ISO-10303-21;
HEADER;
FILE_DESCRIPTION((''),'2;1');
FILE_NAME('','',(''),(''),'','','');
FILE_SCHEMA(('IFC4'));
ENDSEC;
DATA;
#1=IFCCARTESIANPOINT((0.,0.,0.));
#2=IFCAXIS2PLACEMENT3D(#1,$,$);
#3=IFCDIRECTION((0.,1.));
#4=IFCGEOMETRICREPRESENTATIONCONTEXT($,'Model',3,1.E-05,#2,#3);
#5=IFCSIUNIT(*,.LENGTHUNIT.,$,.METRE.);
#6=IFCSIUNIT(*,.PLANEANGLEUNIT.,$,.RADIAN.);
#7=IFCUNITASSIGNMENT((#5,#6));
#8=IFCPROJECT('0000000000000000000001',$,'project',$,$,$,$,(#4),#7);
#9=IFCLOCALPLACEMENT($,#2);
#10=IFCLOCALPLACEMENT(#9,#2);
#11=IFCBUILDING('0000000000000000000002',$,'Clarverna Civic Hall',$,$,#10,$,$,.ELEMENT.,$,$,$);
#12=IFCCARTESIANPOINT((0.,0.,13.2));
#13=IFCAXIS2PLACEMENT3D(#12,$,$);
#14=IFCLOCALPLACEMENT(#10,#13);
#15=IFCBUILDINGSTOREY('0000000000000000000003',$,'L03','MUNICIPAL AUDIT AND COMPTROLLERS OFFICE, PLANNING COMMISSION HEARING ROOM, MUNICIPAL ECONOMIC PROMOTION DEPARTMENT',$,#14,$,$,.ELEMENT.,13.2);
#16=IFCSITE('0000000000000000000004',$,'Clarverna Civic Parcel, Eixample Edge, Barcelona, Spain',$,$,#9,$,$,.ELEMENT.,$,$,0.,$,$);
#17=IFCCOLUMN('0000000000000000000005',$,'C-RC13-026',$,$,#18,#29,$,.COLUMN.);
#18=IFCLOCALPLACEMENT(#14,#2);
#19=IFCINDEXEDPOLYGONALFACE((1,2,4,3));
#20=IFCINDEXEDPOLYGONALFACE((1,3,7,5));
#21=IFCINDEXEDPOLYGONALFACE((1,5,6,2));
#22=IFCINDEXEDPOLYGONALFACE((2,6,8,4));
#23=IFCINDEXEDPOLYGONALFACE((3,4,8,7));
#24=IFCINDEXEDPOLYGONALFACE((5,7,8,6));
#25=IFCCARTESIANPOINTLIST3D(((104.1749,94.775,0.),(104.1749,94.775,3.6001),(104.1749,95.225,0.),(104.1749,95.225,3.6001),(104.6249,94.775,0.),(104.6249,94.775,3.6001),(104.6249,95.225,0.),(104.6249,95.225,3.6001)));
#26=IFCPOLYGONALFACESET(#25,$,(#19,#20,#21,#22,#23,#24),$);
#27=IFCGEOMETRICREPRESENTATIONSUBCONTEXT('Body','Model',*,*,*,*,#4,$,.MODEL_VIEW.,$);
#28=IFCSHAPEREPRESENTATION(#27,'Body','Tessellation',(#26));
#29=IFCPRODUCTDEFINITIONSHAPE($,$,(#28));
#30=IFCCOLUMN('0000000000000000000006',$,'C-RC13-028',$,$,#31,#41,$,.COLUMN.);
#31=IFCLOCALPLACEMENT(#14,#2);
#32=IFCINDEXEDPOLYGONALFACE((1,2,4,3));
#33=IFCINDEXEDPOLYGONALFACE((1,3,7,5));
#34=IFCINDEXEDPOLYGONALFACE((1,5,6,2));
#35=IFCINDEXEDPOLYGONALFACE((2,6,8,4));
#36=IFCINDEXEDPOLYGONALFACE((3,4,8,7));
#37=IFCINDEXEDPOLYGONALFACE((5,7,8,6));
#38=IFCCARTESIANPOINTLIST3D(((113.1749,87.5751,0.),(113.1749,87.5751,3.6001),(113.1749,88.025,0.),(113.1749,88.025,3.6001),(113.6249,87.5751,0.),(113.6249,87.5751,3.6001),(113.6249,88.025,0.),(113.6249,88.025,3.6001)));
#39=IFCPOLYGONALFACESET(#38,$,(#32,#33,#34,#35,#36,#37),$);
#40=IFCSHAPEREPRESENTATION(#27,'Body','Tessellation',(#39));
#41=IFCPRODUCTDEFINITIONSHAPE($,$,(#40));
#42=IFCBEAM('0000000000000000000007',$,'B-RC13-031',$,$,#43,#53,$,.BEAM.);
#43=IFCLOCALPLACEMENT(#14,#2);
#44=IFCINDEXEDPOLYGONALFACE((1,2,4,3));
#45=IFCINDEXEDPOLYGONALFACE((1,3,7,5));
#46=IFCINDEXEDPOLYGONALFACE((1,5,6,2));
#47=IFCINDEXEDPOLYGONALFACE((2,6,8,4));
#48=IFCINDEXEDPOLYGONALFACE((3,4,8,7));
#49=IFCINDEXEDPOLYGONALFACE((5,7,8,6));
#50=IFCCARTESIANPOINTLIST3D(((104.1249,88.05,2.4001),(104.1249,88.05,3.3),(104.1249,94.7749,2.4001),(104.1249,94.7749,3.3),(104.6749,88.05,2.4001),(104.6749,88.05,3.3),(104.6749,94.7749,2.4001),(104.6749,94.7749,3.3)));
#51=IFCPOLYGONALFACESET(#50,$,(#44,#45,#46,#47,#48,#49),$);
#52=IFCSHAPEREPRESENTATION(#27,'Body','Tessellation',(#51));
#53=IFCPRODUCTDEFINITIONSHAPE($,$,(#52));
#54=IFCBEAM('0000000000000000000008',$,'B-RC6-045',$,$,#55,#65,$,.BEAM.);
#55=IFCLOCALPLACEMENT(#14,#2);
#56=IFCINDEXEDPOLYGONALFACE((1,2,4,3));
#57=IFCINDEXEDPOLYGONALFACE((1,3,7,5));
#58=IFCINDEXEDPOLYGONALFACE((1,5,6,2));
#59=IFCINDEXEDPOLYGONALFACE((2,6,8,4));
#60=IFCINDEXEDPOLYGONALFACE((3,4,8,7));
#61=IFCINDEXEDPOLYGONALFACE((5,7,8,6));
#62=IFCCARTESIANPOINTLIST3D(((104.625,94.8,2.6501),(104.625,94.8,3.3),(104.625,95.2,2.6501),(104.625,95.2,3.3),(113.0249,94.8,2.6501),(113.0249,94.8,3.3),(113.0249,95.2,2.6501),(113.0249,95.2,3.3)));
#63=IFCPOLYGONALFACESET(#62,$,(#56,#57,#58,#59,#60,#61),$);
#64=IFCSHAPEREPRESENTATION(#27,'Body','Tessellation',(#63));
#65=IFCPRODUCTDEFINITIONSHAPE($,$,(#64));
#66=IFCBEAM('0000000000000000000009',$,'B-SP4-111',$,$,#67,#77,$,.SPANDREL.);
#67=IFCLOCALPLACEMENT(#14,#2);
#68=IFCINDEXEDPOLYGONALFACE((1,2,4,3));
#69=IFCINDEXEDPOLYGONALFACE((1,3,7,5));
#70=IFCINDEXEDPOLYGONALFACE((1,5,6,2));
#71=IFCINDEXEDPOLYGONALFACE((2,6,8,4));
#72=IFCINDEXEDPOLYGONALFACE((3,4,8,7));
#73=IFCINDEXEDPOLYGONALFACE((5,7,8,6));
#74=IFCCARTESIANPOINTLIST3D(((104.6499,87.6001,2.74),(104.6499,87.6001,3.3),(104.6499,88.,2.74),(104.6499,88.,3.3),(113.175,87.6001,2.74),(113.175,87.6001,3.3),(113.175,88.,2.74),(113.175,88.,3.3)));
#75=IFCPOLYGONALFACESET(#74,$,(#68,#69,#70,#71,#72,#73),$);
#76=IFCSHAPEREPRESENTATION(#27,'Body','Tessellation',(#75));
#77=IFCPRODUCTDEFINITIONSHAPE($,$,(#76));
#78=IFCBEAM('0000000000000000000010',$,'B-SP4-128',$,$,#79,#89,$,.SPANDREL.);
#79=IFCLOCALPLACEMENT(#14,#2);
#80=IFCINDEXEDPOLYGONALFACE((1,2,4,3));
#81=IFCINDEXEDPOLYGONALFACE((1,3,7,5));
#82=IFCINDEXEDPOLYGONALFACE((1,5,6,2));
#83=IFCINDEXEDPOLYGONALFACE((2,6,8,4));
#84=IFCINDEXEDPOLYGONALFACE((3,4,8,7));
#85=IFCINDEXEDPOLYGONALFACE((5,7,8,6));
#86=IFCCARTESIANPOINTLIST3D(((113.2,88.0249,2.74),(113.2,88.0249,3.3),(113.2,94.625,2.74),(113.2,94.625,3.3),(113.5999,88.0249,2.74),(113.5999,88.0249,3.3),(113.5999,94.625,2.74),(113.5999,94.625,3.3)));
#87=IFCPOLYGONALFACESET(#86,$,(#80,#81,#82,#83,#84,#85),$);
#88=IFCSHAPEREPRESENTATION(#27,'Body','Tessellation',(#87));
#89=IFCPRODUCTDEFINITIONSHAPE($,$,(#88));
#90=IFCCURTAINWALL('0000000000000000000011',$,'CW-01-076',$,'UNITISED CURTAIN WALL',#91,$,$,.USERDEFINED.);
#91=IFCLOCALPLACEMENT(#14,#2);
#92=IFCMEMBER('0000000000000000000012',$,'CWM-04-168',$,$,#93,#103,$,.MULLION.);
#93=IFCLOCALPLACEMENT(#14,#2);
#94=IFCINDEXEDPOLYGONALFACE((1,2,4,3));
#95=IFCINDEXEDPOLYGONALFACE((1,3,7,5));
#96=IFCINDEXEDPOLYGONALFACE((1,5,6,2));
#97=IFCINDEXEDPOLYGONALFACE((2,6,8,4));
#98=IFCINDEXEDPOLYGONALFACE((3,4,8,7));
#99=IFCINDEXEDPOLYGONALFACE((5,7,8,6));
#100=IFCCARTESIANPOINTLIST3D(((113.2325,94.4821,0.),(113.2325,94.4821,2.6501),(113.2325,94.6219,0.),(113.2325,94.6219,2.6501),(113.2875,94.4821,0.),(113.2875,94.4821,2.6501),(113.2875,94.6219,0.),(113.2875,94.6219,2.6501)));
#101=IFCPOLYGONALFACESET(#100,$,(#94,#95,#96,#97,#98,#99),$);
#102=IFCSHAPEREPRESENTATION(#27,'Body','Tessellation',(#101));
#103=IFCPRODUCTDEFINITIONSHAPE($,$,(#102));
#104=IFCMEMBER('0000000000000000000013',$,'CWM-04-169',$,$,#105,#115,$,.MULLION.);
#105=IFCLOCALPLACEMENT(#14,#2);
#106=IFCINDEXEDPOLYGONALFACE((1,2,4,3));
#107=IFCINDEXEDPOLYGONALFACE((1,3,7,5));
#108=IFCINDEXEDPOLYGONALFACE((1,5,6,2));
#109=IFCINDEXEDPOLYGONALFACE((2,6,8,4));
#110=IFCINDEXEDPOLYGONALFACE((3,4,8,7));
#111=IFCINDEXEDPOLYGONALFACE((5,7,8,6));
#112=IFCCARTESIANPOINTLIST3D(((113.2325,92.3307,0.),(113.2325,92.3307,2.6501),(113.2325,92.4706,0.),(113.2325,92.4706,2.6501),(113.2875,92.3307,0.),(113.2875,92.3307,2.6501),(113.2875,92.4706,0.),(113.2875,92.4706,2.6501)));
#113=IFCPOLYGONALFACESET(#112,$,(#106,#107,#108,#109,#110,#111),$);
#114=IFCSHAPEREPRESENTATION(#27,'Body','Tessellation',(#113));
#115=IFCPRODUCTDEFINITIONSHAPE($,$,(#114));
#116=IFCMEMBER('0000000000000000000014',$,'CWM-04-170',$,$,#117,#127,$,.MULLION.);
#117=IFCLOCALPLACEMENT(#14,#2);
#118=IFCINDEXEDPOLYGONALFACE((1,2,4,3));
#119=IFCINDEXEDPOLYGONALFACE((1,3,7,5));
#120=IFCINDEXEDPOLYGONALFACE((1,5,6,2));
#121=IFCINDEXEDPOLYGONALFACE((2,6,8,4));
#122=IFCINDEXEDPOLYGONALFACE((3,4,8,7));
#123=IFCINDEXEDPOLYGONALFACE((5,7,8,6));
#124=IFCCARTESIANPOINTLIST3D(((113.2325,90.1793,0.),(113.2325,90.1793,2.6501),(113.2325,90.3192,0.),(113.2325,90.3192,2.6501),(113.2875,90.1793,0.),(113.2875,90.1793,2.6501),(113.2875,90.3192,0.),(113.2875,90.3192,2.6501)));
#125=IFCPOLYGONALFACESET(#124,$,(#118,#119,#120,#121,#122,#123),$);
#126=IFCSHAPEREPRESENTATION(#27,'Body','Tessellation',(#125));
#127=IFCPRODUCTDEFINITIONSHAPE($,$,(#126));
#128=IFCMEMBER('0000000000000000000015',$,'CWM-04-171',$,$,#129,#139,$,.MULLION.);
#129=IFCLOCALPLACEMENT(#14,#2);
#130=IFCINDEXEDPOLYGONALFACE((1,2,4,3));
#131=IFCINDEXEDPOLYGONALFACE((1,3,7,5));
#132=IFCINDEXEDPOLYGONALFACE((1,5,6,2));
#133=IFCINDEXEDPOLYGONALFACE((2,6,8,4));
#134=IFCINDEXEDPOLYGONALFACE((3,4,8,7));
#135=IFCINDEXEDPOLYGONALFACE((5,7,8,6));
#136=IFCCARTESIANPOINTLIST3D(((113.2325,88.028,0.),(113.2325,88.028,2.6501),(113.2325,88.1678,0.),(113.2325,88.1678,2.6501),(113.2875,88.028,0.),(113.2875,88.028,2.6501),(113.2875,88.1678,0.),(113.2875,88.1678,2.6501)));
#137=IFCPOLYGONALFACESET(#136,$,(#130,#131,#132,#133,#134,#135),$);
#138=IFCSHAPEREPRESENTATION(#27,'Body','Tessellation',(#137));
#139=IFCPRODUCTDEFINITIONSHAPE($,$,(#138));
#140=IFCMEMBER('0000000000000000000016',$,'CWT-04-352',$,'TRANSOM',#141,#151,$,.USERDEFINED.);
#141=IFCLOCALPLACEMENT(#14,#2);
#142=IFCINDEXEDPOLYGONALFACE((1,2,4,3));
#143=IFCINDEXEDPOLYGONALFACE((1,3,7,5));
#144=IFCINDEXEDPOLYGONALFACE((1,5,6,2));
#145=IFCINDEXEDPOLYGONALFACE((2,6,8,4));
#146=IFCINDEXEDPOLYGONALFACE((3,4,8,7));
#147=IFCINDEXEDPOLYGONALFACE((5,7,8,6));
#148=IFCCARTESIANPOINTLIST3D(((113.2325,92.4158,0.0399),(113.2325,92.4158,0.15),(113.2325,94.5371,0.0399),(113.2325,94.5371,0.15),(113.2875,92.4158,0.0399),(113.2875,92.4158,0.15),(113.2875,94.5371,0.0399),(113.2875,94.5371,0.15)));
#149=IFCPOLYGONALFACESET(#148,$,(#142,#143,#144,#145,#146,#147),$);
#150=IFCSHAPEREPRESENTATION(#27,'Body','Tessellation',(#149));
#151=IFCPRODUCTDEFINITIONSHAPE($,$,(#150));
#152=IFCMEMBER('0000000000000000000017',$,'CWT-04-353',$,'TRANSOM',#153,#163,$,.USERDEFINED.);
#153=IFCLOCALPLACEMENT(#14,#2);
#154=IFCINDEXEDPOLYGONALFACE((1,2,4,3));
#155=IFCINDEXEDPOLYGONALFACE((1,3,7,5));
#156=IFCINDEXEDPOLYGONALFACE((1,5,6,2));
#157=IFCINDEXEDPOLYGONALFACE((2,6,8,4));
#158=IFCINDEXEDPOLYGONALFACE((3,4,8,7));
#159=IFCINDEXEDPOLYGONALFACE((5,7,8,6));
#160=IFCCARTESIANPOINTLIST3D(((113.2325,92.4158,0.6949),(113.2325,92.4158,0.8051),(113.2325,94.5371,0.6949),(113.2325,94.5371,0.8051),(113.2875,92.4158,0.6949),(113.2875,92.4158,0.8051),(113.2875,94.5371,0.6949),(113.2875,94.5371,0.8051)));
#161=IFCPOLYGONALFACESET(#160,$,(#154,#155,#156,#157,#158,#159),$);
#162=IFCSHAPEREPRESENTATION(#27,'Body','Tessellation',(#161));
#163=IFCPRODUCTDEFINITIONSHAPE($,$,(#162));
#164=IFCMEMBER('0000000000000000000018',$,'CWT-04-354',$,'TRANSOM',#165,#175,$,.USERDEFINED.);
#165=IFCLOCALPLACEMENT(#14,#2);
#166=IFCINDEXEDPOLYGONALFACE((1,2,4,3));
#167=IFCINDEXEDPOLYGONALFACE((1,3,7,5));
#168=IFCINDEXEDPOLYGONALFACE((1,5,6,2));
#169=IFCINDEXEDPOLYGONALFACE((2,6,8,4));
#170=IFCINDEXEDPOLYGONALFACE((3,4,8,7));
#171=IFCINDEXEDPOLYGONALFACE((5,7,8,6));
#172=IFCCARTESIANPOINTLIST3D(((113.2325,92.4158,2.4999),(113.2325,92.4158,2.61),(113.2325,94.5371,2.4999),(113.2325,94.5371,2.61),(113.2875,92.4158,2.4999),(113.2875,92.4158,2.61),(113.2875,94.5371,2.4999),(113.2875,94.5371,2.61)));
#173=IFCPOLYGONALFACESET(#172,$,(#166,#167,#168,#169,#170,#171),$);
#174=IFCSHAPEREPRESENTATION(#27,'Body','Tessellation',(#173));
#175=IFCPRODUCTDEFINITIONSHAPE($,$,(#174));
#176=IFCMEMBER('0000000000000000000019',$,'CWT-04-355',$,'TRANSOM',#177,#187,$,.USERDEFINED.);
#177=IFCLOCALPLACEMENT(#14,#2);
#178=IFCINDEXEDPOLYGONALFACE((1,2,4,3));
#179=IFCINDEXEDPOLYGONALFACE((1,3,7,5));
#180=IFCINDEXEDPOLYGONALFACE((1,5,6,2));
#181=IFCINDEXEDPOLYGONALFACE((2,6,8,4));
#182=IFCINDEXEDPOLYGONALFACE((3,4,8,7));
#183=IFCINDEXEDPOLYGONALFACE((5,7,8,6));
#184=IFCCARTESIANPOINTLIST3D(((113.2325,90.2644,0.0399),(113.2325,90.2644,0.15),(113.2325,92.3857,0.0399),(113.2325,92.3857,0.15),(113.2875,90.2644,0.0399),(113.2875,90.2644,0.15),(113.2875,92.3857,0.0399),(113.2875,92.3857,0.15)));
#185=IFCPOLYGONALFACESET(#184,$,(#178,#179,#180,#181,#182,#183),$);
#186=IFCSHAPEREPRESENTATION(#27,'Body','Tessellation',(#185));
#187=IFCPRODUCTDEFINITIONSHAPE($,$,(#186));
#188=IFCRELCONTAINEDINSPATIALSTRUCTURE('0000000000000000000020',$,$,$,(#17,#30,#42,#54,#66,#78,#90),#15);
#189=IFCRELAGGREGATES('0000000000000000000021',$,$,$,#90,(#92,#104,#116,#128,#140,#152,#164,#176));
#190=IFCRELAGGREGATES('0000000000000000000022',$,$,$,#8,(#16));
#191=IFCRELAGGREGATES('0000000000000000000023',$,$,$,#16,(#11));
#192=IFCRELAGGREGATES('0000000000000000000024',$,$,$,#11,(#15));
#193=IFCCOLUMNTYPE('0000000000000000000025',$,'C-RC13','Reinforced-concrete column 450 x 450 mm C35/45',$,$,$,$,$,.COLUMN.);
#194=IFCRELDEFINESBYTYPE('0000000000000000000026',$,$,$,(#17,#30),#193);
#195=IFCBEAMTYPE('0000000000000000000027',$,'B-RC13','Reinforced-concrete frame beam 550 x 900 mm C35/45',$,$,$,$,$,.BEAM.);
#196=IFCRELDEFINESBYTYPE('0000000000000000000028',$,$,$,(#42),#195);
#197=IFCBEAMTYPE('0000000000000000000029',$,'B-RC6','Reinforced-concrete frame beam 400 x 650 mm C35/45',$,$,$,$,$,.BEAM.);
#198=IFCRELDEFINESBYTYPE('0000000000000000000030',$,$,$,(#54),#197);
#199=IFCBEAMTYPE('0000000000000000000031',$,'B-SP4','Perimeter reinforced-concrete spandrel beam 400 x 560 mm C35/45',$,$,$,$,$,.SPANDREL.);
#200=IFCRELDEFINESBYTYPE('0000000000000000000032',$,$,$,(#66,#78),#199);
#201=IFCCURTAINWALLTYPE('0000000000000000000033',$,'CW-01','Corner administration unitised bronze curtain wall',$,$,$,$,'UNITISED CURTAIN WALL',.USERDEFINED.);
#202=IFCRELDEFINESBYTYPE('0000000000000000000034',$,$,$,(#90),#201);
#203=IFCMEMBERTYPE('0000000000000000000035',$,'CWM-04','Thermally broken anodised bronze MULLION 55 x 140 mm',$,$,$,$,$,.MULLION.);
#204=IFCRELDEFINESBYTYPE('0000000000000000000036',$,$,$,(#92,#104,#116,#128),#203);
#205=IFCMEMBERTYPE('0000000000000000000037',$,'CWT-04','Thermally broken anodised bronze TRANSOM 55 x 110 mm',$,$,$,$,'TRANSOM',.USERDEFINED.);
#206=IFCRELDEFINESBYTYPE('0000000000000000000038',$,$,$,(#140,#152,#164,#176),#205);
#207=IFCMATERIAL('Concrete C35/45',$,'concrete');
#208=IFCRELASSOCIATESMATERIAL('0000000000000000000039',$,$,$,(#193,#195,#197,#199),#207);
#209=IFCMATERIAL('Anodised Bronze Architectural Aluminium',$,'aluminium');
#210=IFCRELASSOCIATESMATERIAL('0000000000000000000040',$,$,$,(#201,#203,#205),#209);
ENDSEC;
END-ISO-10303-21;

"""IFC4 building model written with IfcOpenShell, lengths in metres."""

from ifc_helpers import new_model, si_unit, direction, frame, origin, origin_2d, place, context, subcontext, project, spatial, rectangle, extrude, material, material_profile, profile_set, type_object, element, aggregate, save


model = new_model("IFC4")

# Units and contexts
model_context = context("Model", 3, precision=1e-05, world=origin(), true_north=direction((0.0, 1.0)))
body_context = subcontext(model_context, "Body", "Model", "MODEL_VIEW")
ifc_project = project(units=[si_unit("LENGTHUNIT", "METRE"), si_unit("PLANEANGLEUNIT", "RADIAN")], contexts=[model_context])

# Site, building, storey
site_placement = place(None, origin())
site = spatial("IfcSite", under=ifc_project, at=site_placement, Name="Clarverna Civic Parcel, Eixample Edge, Barcelona, Spain", CompositionType="ELEMENT", RefElevation=0.0)
building_placement = place(site_placement, origin())
building = spatial("IfcBuilding", under=site, at=building_placement, Name="Clarverna Civic Hall", CompositionType="ELEMENT")
storey_placement = place(building_placement, frame((0.0, 0.0, 13.2)))
storey = spatial("IfcBuildingStorey", under=building, at=storey_placement, Name="L03", Description="MUNICIPAL AUDIT AND COMPTROLLERS OFFICE, PLANNING COMMISSION HEARING ROOM, MUNICIPAL ECONOMIC PROMOTION DEPARTMENT", CompositionType="ELEMENT", Elevation=13.2)

# Columns
ifc_material_1 = material(Name="Concrete C35/45", Category="concrete")
ifc_material_profile_1 = material_profile(ifc_material_1, rectangle(XDim=0.45, YDim=0.45, at=origin_2d()), Name="RC 450x450")
ifc_profile_set_1 = profile_set([ifc_material_profile_1], Name="Concrete C35/45")
column_type = type_object("IfcColumnType", Name="C-RC13", Description="Reinforced-concrete column 450 x 450 mm C35/45", PredefinedType="COLUMN", material=ifc_profile_set_1)
for number, where, z_axis, x_axis, name in (
    (1, (104.3999, 95.0, 0.0), (0.0, 0.0, 1.0), (1.0, 0.0, 0.0), "C-RC13-026"),
    (2, (113.3999, 87.8, 0.0), (0.0, 0.0, 1.0), (1.0, 0.0, 0.0), "C-RC13-028"),
):
    element("IfcColumn", number, at=place(storey_placement, frame(where, z_axis=z_axis, x_axis=x_axis)), inside=storey, type_object=column_type, Name=name, PredefinedType="COLUMN", context=body_context, shape_type="SweptSolid", body=[
        extrude(rectangle(XDim=0.45, YDim=0.45, at=origin_2d()), origin(), (0.0, 0.0, 1.0), 3.6001),
    ])

# Beams
ifc_material_profile_2 = material_profile(ifc_material_1, rectangle(XDim=0.55, YDim=0.8999, at=origin_2d()), Name="RC 550x900")
ifc_profile_set_2 = profile_set([ifc_material_profile_2], Name="Concrete C35/45")
beam_type_1 = type_object("IfcBeamType", Name="B-RC13", Description="Reinforced-concrete frame beam 550 x 900 mm C35/45", PredefinedType="BEAM", material=ifc_profile_set_2)
beam_1_placement = place(storey_placement, frame((104.3999, 88.05, 2.8501), z_axis=(0.0, 1.0, 0.0), x_axis=(-1.0, 0.0, 0.0)))
element("IfcBeam", 3, at=beam_1_placement, inside=storey, type_object=beam_type_1, Name="B-RC13-031", PredefinedType="BEAM", context=body_context, shape_type="SweptSolid", body=[
    extrude(rectangle(XDim=0.55, YDim=0.8999, at=origin_2d()), origin(), (0.0, 0.0, 1.0), 6.7249),
])
ifc_material_profile_3 = material_profile(ifc_material_1, rectangle(XDim=0.3999, YDim=0.6499, at=origin_2d()), Name="RC 400x650")
ifc_profile_set_3 = profile_set([ifc_material_profile_3], Name="Concrete C35/45")
beam_type_2 = type_object("IfcBeamType", Name="B-RC6", Description="Reinforced-concrete frame beam 400 x 650 mm C35/45", PredefinedType="BEAM", material=ifc_profile_set_3)
beam_2_placement = place(storey_placement, frame((104.625, 95.0, 2.9751), z_axis=(1.0, 0.0, 0.0), x_axis=(0.0, 1.0, 0.0)))
element("IfcBeam", 4, at=beam_2_placement, inside=storey, type_object=beam_type_2, Name="B-RC6-045", PredefinedType="BEAM", context=body_context, shape_type="SweptSolid", body=[
    extrude(rectangle(XDim=0.3999, YDim=0.6499, at=origin_2d()), origin(), (0.0, 0.0, 1.0), 8.3999),
])
ifc_material_profile_4 = material_profile(ifc_material_1, rectangle(XDim=0.3999, YDim=0.5601, at=origin_2d()), Name="RC 400x560")
ifc_profile_set_4 = profile_set([ifc_material_profile_4], Name="Concrete C35/45")
beam_type_3 = type_object("IfcBeamType", Name="B-SP4", Description="Perimeter reinforced-concrete spandrel beam 400 x 560 mm C35/45", PredefinedType="SPANDREL", material=ifc_profile_set_4)
beam_3_placement = place(storey_placement, frame((104.6499, 87.8, 3.02), z_axis=(1.0, 0.0, 0.0), x_axis=(0.0, 1.0, 0.0)))
element("IfcBeam", 5, at=beam_3_placement, inside=storey, type_object=beam_type_3, Name="B-SP4-111", PredefinedType="SPANDREL", context=body_context, shape_type="SweptSolid", body=[
    extrude(rectangle(XDim=0.3999, YDim=0.5601, at=origin_2d()), origin(), (0.0, 0.0, 1.0), 8.5251),
])
beam_4_placement = place(storey_placement, frame((113.3999, 88.0249, 3.02), z_axis=(0.0, 1.0, 0.0), x_axis=(-1.0, 0.0, 0.0)))
element("IfcBeam", 6, at=beam_4_placement, inside=storey, type_object=beam_type_3, Name="B-SP4-128", PredefinedType="SPANDREL", context=body_context, shape_type="SweptSolid", body=[
    extrude(rectangle(XDim=0.3999, YDim=0.5601, at=origin_2d()), origin(), (0.0, 0.0, 1.0), 6.6001),
])

# Curtain wall, members
ifc_material_2 = material(Name="Anodised Bronze Architectural Aluminium", Category="aluminium")
curtain_wall_type = type_object("IfcCurtainWallType", Name="CW-01", Description="Corner administration unitised bronze curtain wall", ElementType="UNITISED CURTAIN WALL", PredefinedType="USERDEFINED", material=ifc_material_2)
curtain_wall_placement = place(storey_placement, origin())
curtain_wall = element("IfcCurtainWall", 7, at=curtain_wall_placement, inside=storey, type_object=curtain_wall_type, Name="CW-01-076", ObjectType="UNITISED CURTAIN WALL", PredefinedType="USERDEFINED")
ifc_material_profile_5 = material_profile(ifc_material_2, rectangle(XDim=0.0549, YDim=0.1399, at=origin_2d()), Name="BRONZE 55x140")
ifc_profile_set_5 = profile_set([ifc_material_profile_5], Name="Anodised Bronze Architectural Aluminium")
member_type_1 = type_object("IfcMemberType", Name="CWM-04", Description="Thermally broken anodised bronze MULLION 55 x 140 mm", PredefinedType="MULLION", material=ifc_profile_set_5)
member_1_placement = place(storey_placement, frame((113.26, 94.552, 0.0), z_axis=(0.0, 0.0, 1.0), x_axis=(1.0, 0.0, 0.0)))
member_1 = element("IfcMember", 8, at=member_1_placement, type_object=member_type_1, Name="CWM-04-168", PredefinedType="MULLION", context=body_context, shape_type="SweptSolid", body=[
    extrude(rectangle(XDim=0.0549, YDim=0.1399, at=origin_2d()), origin(), (0.0, 0.0, 1.0), 2.6501),
])
member_2_placement = place(storey_placement, frame((113.26, 92.4006, 0.0), z_axis=(0.0, 0.0, 1.0), x_axis=(1.0, 0.0, 0.0)))
member_2 = element("IfcMember", 9, at=member_2_placement, type_object=member_type_1, Name="CWM-04-169", PredefinedType="MULLION", context=body_context, shape_type="SweptSolid", body=[
    extrude(rectangle(XDim=0.0549, YDim=0.1399, at=origin_2d()), origin(), (0.0, 0.0, 1.0), 2.6501),
])
member_3_placement = place(storey_placement, frame((113.26, 90.2493, 0.0), z_axis=(0.0, 0.0, 1.0), x_axis=(1.0, 0.0, 0.0)))
member_3 = element("IfcMember", 10, at=member_3_placement, type_object=member_type_1, Name="CWM-04-170", PredefinedType="MULLION", context=body_context, shape_type="SweptSolid", body=[
    extrude(rectangle(XDim=0.0549, YDim=0.1399, at=origin_2d()), origin(), (0.0, 0.0, 1.0), 2.6501),
])
member_4_placement = place(storey_placement, frame((113.26, 88.0979, 0.0), z_axis=(0.0, 0.0, 1.0), x_axis=(1.0, 0.0, 0.0)))
member_4 = element("IfcMember", 11, at=member_4_placement, type_object=member_type_1, Name="CWM-04-171", PredefinedType="MULLION", context=body_context, shape_type="SweptSolid", body=[
    extrude(rectangle(XDim=0.0549, YDim=0.1399, at=origin_2d()), origin(), (0.0, 0.0, 1.0), 2.6501),
])
ifc_material_profile_6 = material_profile(ifc_material_2, rectangle(XDim=0.0549, YDim=0.1101, at=origin_2d()), Name="BRONZE 55x110")
ifc_profile_set_6 = profile_set([ifc_material_profile_6], Name="Anodised Bronze Architectural Aluminium")
member_type_2 = type_object("IfcMemberType", Name="CWT-04", Description="Thermally broken anodised bronze TRANSOM 55 x 110 mm", ElementType="TRANSOM", PredefinedType="USERDEFINED", material=ifc_profile_set_6)
member_5_placement = place(storey_placement, frame((113.26, 94.5371, 0.095), z_axis=(0.0, -1.0, 0.0), x_axis=(1.0, 0.0, 0.0)))
member_5 = element("IfcMember", 12, at=member_5_placement, type_object=member_type_2, Name="CWT-04-352", ObjectType="TRANSOM", PredefinedType="USERDEFINED", context=body_context, shape_type="SweptSolid", body=[
    extrude(rectangle(XDim=0.0549, YDim=0.1101, at=origin_2d()), origin(), (0.0, 0.0, 1.0), 2.1213),
])
member_6_placement = place(storey_placement, frame((113.26, 94.5371, 0.75), z_axis=(0.0, -1.0, 0.0), x_axis=(1.0, 0.0, 0.0)))
member_6 = element("IfcMember", 13, at=member_6_placement, type_object=member_type_2, Name="CWT-04-353", ObjectType="TRANSOM", PredefinedType="USERDEFINED", context=body_context, shape_type="SweptSolid", body=[
    extrude(rectangle(XDim=0.0549, YDim=0.1101, at=origin_2d()), origin(), (0.0, 0.0, 1.0), 2.1213),
])
member_7_placement = place(storey_placement, frame((113.26, 94.5371, 2.5549), z_axis=(0.0, -1.0, 0.0), x_axis=(1.0, 0.0, 0.0)))
member_7 = element("IfcMember", 14, at=member_7_placement, type_object=member_type_2, Name="CWT-04-354", ObjectType="TRANSOM", PredefinedType="USERDEFINED", context=body_context, shape_type="SweptSolid", body=[
    extrude(rectangle(XDim=0.0549, YDim=0.1101, at=origin_2d()), origin(), (0.0, 0.0, 1.0), 2.1213),
])
member_8_placement = place(storey_placement, frame((113.26, 92.3857, 0.095), z_axis=(0.0, -1.0, 0.0), x_axis=(1.0, 0.0, 0.0)))
member_8 = element("IfcMember", 15, at=member_8_placement, type_object=member_type_2, Name="CWT-04-355", ObjectType="TRANSOM", PredefinedType="USERDEFINED", context=body_context, shape_type="SweptSolid", body=[
    extrude(rectangle(XDim=0.0549, YDim=0.1101, at=origin_2d()), origin(), (0.0, 0.0, 1.0), 2.1213),
])

aggregate(curtain_wall, [member_1, member_2, member_3, member_4, member_5, member_6, member_7, member_8])

save(model, "model.ifc")
